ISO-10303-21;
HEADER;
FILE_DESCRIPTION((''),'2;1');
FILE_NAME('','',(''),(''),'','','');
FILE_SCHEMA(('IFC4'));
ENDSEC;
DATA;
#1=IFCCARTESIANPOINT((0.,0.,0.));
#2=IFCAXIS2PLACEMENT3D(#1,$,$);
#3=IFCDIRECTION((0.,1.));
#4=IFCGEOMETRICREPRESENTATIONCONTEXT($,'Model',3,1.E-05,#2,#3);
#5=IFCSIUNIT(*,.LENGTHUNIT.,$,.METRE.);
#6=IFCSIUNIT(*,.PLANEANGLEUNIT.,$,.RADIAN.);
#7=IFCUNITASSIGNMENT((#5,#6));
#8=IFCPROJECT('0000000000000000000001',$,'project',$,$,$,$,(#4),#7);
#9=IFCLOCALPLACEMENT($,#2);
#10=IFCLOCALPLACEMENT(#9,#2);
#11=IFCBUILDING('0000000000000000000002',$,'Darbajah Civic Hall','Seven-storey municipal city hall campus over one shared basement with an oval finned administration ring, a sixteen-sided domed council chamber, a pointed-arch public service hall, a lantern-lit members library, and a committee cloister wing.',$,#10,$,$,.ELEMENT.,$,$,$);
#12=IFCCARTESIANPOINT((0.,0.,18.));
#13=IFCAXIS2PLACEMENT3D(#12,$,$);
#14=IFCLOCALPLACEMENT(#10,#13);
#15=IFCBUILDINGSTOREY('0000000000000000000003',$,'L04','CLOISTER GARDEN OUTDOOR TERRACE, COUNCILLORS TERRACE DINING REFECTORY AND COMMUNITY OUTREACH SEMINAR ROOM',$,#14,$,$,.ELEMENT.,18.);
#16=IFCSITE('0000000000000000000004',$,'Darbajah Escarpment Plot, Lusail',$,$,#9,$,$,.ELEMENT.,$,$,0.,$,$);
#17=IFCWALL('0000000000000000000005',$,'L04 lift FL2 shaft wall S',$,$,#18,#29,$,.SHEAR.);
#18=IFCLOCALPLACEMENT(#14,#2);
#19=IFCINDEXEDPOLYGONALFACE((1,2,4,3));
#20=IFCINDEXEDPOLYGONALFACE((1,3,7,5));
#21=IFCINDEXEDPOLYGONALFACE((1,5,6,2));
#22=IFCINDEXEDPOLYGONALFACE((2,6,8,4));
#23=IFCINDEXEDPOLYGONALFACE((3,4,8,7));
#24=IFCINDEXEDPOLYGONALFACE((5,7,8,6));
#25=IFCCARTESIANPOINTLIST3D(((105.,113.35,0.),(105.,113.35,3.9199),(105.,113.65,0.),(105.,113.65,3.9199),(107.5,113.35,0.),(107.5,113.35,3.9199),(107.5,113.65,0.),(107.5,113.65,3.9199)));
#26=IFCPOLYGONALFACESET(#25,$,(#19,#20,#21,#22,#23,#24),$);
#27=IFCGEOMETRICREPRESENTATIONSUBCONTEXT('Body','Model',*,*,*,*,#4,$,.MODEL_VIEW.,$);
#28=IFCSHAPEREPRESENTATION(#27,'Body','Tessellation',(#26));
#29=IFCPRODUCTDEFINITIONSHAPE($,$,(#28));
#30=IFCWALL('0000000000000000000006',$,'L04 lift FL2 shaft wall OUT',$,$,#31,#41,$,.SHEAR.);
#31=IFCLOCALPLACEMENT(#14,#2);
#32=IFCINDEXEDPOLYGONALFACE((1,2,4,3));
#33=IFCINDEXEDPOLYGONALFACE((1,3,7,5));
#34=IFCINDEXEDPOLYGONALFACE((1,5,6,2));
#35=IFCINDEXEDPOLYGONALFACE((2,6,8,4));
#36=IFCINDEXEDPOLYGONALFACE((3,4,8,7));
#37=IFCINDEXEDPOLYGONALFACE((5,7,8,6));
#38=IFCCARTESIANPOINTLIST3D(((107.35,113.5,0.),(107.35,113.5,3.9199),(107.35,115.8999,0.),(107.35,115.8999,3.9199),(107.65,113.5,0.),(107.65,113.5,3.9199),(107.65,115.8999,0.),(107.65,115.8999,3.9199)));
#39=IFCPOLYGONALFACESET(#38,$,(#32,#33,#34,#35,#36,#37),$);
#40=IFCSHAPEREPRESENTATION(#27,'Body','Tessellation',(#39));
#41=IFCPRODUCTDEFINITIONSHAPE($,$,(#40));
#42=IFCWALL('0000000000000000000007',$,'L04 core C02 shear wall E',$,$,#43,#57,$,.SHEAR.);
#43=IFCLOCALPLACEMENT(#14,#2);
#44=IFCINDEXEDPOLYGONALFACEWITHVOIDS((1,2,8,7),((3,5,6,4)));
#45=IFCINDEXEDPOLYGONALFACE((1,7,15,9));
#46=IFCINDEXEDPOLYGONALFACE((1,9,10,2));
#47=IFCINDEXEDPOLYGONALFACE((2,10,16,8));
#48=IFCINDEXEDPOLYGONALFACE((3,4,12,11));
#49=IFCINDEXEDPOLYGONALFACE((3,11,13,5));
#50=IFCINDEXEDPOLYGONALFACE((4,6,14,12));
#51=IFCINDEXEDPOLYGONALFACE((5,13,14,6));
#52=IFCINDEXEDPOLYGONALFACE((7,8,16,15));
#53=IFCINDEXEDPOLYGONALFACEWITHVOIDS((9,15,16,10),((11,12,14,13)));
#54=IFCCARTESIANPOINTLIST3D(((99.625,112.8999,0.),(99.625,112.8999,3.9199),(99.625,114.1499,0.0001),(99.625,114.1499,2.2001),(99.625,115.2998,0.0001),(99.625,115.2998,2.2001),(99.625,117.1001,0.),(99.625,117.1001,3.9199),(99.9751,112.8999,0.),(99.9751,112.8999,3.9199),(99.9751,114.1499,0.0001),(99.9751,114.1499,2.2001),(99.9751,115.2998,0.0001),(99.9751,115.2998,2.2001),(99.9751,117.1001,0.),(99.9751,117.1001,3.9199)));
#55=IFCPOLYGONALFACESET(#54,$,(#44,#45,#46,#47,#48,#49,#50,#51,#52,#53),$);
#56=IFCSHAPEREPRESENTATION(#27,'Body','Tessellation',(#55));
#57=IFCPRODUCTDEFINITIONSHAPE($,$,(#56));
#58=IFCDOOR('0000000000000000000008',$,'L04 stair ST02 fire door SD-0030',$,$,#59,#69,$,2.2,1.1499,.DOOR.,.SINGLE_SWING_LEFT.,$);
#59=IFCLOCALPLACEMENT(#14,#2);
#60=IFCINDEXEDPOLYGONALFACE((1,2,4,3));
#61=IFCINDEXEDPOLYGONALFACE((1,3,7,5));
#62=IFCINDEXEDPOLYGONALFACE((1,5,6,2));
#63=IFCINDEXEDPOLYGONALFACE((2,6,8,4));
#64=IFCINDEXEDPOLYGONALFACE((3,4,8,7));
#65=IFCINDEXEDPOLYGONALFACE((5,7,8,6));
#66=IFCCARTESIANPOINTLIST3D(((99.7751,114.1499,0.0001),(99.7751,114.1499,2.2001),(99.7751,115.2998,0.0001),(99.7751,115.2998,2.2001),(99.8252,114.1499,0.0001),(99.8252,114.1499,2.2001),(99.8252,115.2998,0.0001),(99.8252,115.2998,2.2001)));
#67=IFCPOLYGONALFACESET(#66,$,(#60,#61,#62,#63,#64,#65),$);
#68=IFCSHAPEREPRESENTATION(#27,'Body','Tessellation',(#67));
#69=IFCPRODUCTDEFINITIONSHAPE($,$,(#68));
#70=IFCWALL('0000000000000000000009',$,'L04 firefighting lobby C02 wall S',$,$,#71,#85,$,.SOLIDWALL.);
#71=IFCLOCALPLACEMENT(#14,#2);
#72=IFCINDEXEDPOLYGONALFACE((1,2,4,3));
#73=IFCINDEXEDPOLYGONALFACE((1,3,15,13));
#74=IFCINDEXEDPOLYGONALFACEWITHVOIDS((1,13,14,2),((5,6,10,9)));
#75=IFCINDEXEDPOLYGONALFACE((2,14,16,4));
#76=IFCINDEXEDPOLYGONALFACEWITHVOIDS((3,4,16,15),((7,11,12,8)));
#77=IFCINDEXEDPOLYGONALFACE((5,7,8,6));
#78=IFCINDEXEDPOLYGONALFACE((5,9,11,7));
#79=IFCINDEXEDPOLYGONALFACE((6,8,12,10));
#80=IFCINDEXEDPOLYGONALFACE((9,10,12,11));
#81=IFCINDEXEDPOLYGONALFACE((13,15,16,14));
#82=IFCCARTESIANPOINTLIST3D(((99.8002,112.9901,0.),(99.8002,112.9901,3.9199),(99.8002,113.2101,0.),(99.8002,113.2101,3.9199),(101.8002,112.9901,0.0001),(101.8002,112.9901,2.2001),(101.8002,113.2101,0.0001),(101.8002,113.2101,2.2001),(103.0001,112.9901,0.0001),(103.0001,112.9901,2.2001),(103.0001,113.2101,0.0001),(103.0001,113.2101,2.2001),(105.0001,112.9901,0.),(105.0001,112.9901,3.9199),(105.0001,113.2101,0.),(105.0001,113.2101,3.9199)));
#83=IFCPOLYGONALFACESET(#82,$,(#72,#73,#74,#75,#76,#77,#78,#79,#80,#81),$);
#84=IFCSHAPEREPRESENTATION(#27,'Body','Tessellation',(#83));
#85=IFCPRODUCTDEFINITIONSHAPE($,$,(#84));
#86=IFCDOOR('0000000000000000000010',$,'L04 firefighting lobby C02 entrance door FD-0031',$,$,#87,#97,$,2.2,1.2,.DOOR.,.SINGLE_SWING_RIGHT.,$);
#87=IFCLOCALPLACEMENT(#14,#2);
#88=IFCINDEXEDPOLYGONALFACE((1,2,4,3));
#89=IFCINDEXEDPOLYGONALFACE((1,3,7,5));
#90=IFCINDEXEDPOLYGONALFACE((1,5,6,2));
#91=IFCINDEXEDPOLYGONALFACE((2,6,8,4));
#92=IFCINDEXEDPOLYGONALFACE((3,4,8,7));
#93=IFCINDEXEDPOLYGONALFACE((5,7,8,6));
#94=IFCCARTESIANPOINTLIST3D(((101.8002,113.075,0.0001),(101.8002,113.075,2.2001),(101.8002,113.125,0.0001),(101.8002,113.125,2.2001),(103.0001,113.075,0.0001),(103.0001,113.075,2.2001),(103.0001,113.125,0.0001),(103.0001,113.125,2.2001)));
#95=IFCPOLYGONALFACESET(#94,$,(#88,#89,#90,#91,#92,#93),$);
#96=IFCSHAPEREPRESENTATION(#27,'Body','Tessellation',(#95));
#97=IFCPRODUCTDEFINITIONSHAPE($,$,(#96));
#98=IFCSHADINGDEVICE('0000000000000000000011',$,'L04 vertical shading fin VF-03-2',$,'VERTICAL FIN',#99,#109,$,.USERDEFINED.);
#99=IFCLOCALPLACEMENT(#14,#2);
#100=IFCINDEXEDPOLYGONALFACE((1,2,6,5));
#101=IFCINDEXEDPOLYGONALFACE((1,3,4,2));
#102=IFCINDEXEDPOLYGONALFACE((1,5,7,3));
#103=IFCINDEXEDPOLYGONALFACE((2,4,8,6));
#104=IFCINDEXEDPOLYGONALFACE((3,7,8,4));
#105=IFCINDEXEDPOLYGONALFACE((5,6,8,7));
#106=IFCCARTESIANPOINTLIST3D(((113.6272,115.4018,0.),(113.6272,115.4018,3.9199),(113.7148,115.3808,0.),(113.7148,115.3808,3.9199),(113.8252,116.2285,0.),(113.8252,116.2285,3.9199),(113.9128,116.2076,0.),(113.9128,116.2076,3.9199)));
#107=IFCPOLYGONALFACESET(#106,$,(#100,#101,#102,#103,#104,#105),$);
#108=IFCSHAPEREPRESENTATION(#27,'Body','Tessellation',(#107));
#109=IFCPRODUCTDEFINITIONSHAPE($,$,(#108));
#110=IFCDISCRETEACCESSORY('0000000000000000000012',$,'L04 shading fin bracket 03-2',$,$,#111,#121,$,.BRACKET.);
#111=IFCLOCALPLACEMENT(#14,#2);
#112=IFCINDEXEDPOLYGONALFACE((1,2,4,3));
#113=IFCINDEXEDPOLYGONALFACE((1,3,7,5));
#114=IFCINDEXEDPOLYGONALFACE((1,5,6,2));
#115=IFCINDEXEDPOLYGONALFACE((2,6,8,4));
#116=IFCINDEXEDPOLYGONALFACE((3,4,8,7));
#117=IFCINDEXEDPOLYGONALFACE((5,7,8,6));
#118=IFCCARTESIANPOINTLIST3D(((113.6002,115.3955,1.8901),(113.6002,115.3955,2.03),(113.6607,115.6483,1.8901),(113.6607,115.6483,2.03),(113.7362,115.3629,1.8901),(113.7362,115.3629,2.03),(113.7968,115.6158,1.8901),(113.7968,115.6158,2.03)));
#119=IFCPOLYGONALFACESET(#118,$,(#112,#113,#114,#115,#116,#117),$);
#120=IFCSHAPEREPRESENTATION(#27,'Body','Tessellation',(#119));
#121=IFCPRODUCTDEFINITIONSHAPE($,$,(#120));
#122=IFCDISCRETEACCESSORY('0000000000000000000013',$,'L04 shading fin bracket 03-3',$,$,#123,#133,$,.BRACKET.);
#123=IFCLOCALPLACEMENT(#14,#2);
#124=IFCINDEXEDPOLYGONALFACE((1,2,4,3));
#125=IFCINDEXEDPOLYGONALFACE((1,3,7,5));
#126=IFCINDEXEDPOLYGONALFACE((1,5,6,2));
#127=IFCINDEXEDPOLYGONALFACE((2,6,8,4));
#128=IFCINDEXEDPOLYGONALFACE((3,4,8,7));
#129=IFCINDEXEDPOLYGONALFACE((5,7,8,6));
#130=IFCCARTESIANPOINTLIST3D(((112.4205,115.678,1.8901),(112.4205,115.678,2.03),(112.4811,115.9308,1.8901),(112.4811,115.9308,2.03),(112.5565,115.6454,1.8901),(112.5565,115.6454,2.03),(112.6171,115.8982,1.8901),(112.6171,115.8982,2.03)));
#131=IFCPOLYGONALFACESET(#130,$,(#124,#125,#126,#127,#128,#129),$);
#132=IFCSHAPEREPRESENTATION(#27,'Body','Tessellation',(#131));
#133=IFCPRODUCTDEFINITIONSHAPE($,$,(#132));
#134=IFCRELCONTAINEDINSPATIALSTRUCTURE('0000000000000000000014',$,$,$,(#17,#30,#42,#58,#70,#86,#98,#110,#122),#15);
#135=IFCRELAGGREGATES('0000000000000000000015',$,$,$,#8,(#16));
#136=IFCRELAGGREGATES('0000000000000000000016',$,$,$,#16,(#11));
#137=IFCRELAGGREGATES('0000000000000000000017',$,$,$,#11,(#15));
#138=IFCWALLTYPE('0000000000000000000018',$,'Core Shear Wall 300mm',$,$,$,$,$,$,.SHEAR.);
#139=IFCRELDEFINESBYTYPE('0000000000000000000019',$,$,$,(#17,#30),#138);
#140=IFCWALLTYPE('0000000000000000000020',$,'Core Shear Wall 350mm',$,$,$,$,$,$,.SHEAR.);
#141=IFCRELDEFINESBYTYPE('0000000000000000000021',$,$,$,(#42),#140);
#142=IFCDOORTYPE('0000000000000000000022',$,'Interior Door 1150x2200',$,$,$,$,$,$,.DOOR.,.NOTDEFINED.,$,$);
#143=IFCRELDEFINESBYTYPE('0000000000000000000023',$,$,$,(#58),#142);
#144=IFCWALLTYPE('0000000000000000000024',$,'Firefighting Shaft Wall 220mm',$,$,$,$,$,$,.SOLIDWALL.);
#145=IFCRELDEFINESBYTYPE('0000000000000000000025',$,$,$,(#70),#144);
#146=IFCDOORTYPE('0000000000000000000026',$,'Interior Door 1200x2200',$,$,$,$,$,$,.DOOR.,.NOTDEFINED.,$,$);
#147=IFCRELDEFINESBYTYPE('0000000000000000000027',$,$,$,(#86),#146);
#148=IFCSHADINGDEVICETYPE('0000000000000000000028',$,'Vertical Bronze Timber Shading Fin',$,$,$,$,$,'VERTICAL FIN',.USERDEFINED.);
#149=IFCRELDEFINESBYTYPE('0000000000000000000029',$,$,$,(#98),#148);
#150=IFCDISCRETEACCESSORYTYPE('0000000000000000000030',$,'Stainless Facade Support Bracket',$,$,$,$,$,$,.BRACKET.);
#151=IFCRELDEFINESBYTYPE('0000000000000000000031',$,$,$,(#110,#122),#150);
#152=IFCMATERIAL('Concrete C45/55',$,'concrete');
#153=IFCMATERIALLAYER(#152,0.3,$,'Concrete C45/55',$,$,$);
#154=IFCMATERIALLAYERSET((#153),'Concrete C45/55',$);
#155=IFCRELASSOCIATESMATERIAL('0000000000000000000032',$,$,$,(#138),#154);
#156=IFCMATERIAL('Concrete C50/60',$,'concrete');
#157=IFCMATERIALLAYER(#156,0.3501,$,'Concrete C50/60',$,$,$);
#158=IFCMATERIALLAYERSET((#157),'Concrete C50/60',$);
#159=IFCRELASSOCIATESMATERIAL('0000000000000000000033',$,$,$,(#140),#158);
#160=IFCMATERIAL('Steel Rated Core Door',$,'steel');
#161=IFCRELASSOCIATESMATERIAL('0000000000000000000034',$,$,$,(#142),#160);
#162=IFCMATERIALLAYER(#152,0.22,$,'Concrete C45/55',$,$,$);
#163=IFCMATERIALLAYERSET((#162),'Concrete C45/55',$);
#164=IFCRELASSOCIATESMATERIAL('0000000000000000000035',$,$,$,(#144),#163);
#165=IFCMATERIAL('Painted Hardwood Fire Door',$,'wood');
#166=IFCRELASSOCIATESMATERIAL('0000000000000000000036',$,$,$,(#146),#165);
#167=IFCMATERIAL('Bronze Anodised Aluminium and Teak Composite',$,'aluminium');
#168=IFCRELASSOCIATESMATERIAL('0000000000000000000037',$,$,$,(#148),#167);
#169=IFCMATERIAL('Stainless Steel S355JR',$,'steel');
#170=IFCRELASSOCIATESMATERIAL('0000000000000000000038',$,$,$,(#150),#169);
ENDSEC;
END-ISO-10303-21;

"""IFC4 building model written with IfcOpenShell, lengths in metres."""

from ifc_helpers import new_model, si_unit, direction, frame, frame_2d, origin, origin_2d, place, context, subcontext, project, spatial, rectangle, extrude, material, layer, layer_set, type_object, element, fill, save


model = new_model("IFC4")

# Units and contexts
model_context = context("Model", 3, precision=1e-05, world=origin(), true_north=direction((0.0, 1.0)))
body_context = subcontext(model_context, "Body", "Model", "MODEL_VIEW")
ifc_project = project(units=[si_unit("LENGTHUNIT", "METRE"), si_unit("PLANEANGLEUNIT", "RADIAN")], contexts=[model_context])

# Site, building, storey
site_placement = place(None, origin())
site = spatial("IfcSite", under=ifc_project, at=site_placement, Name="Darbajah Escarpment Plot, Lusail", CompositionType="ELEMENT", RefElevation=0.0)
building_placement = place(site_placement, origin())
building = spatial("IfcBuilding", under=site, at=building_placement, Name="Darbajah Civic Hall", Description="Seven-storey municipal city hall campus over one shared basement with an oval finned administration ring, a sixteen-sided domed council chamber, a pointed-arch public service hall, a lantern-lit members library, and a committee cloister wing.", CompositionType="ELEMENT")
storey_placement = place(building_placement, frame((0.0, 0.0, 18.0)))
storey = spatial("IfcBuildingStorey", under=building, at=storey_placement, Name="L04", Description="CLOISTER GARDEN OUTDOOR TERRACE, COUNCILLORS TERRACE DINING REFECTORY AND COMMUNITY OUTREACH SEMINAR ROOM", CompositionType="ELEMENT", Elevation=18.0)

# Shared definitions
ifc_material_1 = material(Name="Concrete C45/55", Category="concrete")

# Shared definitions
ifc_layer_1 = layer(ifc_material_1, 0.3, Name="Concrete C45/55")
ifc_layer_set_1 = layer_set([ifc_layer_1], Name="Concrete C45/55")
wall_type_1 = type_object("IfcWallType", Name="Core Shear Wall 300mm", PredefinedType="SHEAR", material=ifc_layer_set_1)

# Walls
wall_1_placement = place(storey_placement, frame((105.0, 113.5, 0.0), z_axis=(0.0, 0.0, 1.0), x_axis=(1.0, 0.0, 0.0)))
element("IfcWall", 1, at=wall_1_placement, inside=storey, type_object=wall_type_1, Name="L04 lift FL2 shaft wall S", PredefinedType="SHEAR", context=body_context, shape_type="SweptSolid", body=[
    extrude(rectangle(XDim=2.5, YDim=0.3, at=frame_2d((1.25, 0.0))), origin(), (0.0, 0.0, 1.0), 3.9199),
])
wall_2_placement = place(storey_placement, frame((107.5, 113.5, 0.0), z_axis=(0.0, 0.0, 1.0), x_axis=(0.0, 1.0, 0.0)))
element("IfcWall", 2, at=wall_2_placement, inside=storey, type_object=wall_type_1, Name="L04 lift FL2 shaft wall OUT", PredefinedType="SHEAR", context=body_context, shape_type="SweptSolid", body=[
    extrude(rectangle(XDim=2.3999, YDim=0.3, at=frame_2d((1.2, 0.0))), origin(), (0.0, 0.0, 1.0), 3.9199),
])

# Walls, openings, doors
ifc_material_2 = material(Name="Concrete C50/60", Category="concrete")
ifc_layer_2 = layer(ifc_material_2, 0.3501, Name="Concrete C50/60")
ifc_layer_set_2 = layer_set([ifc_layer_2], Name="Concrete C50/60")
wall_type_2 = type_object("IfcWallType", Name="Core Shear Wall 350mm", PredefinedType="SHEAR", material=ifc_layer_set_2)
wall_3_placement = place(storey_placement, frame((99.8, 112.8999, 0.0), z_axis=(0.0, 0.0, 1.0), x_axis=(0.0, 1.0, 0.0)))
wall_3 = element("IfcWall", 3, at=wall_3_placement, inside=storey, type_object=wall_type_2, Name="L04 core C02 shear wall E", PredefinedType="SHEAR", context=body_context, shape_type="SweptSolid", body=[
    extrude(rectangle(XDim=4.2002, YDim=0.3501, at=frame_2d((2.1001, 0.0))), origin(), (0.0, 0.0, 1.0), 3.9199),
])
opening_1_placement = place(wall_3_placement, frame((1.25, 0.0, 0.0)))
opening_1 = element("IfcOpeningElement", 4, at=opening_1_placement, cuts=wall_3, PredefinedType="OPENING", context=body_context, shape_type="SweptSolid", body=[
    extrude(rectangle(XDim=1.1499, YDim=2.2, at=frame_2d((0.575, 1.1001))), frame((0.0, 0.1851, 0.0), z_axis=(0.0, -1.0, 0.0), x_axis=(1.0, 0.0, 0.0)), (0.0, 0.0, 1.0), 0.3701),
])
ifc_material_3 = material(Name="Steel Rated Core Door", Category="steel")
door_type_1 = type_object("IfcDoorType", Name="Interior Door 1150x2200", OperationType="NOTDEFINED", PredefinedType="DOOR", material=ifc_material_3)
door_1_placement = place(opening_1_placement, origin())
door_1 = element("IfcDoor", 5, at=door_1_placement, inside=storey, type_object=door_type_1, Name="L04 stair ST02 fire door SD-0030", OperationType="SINGLE_SWING_LEFT", OverallHeight=2.2, OverallWidth=1.1499, PredefinedType="DOOR", context=body_context, shape_type="SweptSolid", body=[
    extrude(rectangle(XDim=1.1499, YDim=2.2, at=frame_2d((0.575, 1.1001))), frame((0.0, 0.0249, 0.0), z_axis=(0.0, -1.0, 0.0), x_axis=(1.0, 0.0, 0.0)), (0.0, 0.0, 1.0), 0.05),
])
fill(opening_1, door_1)
ifc_layer_3 = layer(ifc_material_1, 0.22, Name="Concrete C45/55")
ifc_layer_set_3 = layer_set([ifc_layer_3], Name="Concrete C45/55")
wall_type_3 = type_object("IfcWallType", Name="Firefighting Shaft Wall 220mm", PredefinedType="SOLIDWALL", material=ifc_layer_set_3)
wall_4_placement = place(storey_placement, frame((99.8, 113.1001, 0.0), z_axis=(0.0, 0.0, 1.0), x_axis=(1.0, 0.0, 0.0)))
wall_4 = element("IfcWall", 6, at=wall_4_placement, inside=storey, type_object=wall_type_3, Name="L04 firefighting lobby C02 wall S", PredefinedType="SOLIDWALL", context=body_context, shape_type="SweptSolid", body=[
    extrude(rectangle(XDim=5.2, YDim=0.22, at=frame_2d((2.6001, 0.0))), origin(), (0.0, 0.0, 1.0), 3.9199),
])
opening_2_placement = place(wall_4_placement, frame((2.0, 0.0, 0.0)))
opening_2 = element("IfcOpeningElement", 7, at=opening_2_placement, cuts=wall_4, PredefinedType="OPENING", context=body_context, shape_type="SweptSolid", body=[
    extrude(rectangle(XDim=1.2, YDim=2.2, at=frame_2d((0.6001, 1.1001))), frame((0.0, 0.1199, 0.0), z_axis=(0.0, -1.0, 0.0), x_axis=(1.0, 0.0, 0.0)), (0.0, 0.0, 1.0), 0.24),
])
ifc_material_4 = material(Name="Painted Hardwood Fire Door", Category="wood")
door_type_2 = type_object("IfcDoorType", Name="Interior Door 1200x2200", OperationType="NOTDEFINED", PredefinedType="DOOR", material=ifc_material_4)
door_2_placement = place(opening_2_placement, origin())
door_2 = element("IfcDoor", 8, at=door_2_placement, inside=storey, type_object=door_type_2, Name="L04 firefighting lobby C02 entrance door FD-0031", OperationType="SINGLE_SWING_RIGHT", OverallHeight=2.2, OverallWidth=1.2, PredefinedType="DOOR", context=body_context, shape_type="SweptSolid", body=[
    extrude(rectangle(XDim=1.2, YDim=2.2, at=frame_2d((0.6001, 1.1001))), frame((0.0, 0.0249, 0.0), z_axis=(0.0, -1.0, 0.0), x_axis=(1.0, 0.0, 0.0)), (0.0, 0.0, 1.0), 0.05),
])
fill(opening_2, door_2)

# Shading device
ifc_material_5 = material(Name="Bronze Anodised Aluminium and Teak Composite", Category="aluminium")
shading_device_type = type_object("IfcShadingDeviceType", Name="Vertical Bronze Timber Shading Fin", ElementType="VERTICAL FIN", PredefinedType="USERDEFINED", material=ifc_material_5)
shading_device_placement = place(storey_placement, frame((113.77, 115.8047, 0.0), z_axis=(0.0, 0.0, 1.0), x_axis=(0.232936, 0.972492, 0.0)))
element("IfcShadingDevice", 9, at=shading_device_placement, inside=storey, type_object=shading_device_type, Name="L04 vertical shading fin VF-03-2", ObjectType="VERTICAL FIN", PredefinedType="USERDEFINED", context=body_context, shape_type="SweptSolid", body=[
    extrude(rectangle(XDim=0.8501, YDim=0.0901, at=origin_2d()), origin(), (0.0, 0.0, 1.0), 3.9199),
])

# Discrete accessories
ifc_material_6 = material(Name="Stainless Steel S355JR", Category="steel")
discrete_accessory_type = type_object("IfcDiscreteAccessoryType", Name="Stainless Facade Support Bracket", PredefinedType="BRACKET", material=ifc_material_6)
for number, where, z_axis, x_axis, name in (
    (10, (113.6985, 115.5056, 1.8901), (0.0, 0.0, 1.0), (0.232936, 0.972492, 0.0), "L04 shading fin bracket 03-2"),
    (11, (112.5188, 115.7881, 1.8901), (0.0, 0.0, 1.0), (0.232936, 0.972492, 0.0), "L04 shading fin bracket 03-3"),
):
    element("IfcDiscreteAccessory", number, at=place(storey_placement, frame(where, z_axis=z_axis, x_axis=x_axis)), inside=storey, type_object=discrete_accessory_type, Name=name, PredefinedType="BRACKET", context=body_context, shape_type="SweptSolid", body=[
        extrude(rectangle(XDim=0.26, YDim=0.1399, at=origin_2d()), origin(), (0.0, 0.0, 1.0), 0.1399),
    ])

save(model, "model.ifc")
